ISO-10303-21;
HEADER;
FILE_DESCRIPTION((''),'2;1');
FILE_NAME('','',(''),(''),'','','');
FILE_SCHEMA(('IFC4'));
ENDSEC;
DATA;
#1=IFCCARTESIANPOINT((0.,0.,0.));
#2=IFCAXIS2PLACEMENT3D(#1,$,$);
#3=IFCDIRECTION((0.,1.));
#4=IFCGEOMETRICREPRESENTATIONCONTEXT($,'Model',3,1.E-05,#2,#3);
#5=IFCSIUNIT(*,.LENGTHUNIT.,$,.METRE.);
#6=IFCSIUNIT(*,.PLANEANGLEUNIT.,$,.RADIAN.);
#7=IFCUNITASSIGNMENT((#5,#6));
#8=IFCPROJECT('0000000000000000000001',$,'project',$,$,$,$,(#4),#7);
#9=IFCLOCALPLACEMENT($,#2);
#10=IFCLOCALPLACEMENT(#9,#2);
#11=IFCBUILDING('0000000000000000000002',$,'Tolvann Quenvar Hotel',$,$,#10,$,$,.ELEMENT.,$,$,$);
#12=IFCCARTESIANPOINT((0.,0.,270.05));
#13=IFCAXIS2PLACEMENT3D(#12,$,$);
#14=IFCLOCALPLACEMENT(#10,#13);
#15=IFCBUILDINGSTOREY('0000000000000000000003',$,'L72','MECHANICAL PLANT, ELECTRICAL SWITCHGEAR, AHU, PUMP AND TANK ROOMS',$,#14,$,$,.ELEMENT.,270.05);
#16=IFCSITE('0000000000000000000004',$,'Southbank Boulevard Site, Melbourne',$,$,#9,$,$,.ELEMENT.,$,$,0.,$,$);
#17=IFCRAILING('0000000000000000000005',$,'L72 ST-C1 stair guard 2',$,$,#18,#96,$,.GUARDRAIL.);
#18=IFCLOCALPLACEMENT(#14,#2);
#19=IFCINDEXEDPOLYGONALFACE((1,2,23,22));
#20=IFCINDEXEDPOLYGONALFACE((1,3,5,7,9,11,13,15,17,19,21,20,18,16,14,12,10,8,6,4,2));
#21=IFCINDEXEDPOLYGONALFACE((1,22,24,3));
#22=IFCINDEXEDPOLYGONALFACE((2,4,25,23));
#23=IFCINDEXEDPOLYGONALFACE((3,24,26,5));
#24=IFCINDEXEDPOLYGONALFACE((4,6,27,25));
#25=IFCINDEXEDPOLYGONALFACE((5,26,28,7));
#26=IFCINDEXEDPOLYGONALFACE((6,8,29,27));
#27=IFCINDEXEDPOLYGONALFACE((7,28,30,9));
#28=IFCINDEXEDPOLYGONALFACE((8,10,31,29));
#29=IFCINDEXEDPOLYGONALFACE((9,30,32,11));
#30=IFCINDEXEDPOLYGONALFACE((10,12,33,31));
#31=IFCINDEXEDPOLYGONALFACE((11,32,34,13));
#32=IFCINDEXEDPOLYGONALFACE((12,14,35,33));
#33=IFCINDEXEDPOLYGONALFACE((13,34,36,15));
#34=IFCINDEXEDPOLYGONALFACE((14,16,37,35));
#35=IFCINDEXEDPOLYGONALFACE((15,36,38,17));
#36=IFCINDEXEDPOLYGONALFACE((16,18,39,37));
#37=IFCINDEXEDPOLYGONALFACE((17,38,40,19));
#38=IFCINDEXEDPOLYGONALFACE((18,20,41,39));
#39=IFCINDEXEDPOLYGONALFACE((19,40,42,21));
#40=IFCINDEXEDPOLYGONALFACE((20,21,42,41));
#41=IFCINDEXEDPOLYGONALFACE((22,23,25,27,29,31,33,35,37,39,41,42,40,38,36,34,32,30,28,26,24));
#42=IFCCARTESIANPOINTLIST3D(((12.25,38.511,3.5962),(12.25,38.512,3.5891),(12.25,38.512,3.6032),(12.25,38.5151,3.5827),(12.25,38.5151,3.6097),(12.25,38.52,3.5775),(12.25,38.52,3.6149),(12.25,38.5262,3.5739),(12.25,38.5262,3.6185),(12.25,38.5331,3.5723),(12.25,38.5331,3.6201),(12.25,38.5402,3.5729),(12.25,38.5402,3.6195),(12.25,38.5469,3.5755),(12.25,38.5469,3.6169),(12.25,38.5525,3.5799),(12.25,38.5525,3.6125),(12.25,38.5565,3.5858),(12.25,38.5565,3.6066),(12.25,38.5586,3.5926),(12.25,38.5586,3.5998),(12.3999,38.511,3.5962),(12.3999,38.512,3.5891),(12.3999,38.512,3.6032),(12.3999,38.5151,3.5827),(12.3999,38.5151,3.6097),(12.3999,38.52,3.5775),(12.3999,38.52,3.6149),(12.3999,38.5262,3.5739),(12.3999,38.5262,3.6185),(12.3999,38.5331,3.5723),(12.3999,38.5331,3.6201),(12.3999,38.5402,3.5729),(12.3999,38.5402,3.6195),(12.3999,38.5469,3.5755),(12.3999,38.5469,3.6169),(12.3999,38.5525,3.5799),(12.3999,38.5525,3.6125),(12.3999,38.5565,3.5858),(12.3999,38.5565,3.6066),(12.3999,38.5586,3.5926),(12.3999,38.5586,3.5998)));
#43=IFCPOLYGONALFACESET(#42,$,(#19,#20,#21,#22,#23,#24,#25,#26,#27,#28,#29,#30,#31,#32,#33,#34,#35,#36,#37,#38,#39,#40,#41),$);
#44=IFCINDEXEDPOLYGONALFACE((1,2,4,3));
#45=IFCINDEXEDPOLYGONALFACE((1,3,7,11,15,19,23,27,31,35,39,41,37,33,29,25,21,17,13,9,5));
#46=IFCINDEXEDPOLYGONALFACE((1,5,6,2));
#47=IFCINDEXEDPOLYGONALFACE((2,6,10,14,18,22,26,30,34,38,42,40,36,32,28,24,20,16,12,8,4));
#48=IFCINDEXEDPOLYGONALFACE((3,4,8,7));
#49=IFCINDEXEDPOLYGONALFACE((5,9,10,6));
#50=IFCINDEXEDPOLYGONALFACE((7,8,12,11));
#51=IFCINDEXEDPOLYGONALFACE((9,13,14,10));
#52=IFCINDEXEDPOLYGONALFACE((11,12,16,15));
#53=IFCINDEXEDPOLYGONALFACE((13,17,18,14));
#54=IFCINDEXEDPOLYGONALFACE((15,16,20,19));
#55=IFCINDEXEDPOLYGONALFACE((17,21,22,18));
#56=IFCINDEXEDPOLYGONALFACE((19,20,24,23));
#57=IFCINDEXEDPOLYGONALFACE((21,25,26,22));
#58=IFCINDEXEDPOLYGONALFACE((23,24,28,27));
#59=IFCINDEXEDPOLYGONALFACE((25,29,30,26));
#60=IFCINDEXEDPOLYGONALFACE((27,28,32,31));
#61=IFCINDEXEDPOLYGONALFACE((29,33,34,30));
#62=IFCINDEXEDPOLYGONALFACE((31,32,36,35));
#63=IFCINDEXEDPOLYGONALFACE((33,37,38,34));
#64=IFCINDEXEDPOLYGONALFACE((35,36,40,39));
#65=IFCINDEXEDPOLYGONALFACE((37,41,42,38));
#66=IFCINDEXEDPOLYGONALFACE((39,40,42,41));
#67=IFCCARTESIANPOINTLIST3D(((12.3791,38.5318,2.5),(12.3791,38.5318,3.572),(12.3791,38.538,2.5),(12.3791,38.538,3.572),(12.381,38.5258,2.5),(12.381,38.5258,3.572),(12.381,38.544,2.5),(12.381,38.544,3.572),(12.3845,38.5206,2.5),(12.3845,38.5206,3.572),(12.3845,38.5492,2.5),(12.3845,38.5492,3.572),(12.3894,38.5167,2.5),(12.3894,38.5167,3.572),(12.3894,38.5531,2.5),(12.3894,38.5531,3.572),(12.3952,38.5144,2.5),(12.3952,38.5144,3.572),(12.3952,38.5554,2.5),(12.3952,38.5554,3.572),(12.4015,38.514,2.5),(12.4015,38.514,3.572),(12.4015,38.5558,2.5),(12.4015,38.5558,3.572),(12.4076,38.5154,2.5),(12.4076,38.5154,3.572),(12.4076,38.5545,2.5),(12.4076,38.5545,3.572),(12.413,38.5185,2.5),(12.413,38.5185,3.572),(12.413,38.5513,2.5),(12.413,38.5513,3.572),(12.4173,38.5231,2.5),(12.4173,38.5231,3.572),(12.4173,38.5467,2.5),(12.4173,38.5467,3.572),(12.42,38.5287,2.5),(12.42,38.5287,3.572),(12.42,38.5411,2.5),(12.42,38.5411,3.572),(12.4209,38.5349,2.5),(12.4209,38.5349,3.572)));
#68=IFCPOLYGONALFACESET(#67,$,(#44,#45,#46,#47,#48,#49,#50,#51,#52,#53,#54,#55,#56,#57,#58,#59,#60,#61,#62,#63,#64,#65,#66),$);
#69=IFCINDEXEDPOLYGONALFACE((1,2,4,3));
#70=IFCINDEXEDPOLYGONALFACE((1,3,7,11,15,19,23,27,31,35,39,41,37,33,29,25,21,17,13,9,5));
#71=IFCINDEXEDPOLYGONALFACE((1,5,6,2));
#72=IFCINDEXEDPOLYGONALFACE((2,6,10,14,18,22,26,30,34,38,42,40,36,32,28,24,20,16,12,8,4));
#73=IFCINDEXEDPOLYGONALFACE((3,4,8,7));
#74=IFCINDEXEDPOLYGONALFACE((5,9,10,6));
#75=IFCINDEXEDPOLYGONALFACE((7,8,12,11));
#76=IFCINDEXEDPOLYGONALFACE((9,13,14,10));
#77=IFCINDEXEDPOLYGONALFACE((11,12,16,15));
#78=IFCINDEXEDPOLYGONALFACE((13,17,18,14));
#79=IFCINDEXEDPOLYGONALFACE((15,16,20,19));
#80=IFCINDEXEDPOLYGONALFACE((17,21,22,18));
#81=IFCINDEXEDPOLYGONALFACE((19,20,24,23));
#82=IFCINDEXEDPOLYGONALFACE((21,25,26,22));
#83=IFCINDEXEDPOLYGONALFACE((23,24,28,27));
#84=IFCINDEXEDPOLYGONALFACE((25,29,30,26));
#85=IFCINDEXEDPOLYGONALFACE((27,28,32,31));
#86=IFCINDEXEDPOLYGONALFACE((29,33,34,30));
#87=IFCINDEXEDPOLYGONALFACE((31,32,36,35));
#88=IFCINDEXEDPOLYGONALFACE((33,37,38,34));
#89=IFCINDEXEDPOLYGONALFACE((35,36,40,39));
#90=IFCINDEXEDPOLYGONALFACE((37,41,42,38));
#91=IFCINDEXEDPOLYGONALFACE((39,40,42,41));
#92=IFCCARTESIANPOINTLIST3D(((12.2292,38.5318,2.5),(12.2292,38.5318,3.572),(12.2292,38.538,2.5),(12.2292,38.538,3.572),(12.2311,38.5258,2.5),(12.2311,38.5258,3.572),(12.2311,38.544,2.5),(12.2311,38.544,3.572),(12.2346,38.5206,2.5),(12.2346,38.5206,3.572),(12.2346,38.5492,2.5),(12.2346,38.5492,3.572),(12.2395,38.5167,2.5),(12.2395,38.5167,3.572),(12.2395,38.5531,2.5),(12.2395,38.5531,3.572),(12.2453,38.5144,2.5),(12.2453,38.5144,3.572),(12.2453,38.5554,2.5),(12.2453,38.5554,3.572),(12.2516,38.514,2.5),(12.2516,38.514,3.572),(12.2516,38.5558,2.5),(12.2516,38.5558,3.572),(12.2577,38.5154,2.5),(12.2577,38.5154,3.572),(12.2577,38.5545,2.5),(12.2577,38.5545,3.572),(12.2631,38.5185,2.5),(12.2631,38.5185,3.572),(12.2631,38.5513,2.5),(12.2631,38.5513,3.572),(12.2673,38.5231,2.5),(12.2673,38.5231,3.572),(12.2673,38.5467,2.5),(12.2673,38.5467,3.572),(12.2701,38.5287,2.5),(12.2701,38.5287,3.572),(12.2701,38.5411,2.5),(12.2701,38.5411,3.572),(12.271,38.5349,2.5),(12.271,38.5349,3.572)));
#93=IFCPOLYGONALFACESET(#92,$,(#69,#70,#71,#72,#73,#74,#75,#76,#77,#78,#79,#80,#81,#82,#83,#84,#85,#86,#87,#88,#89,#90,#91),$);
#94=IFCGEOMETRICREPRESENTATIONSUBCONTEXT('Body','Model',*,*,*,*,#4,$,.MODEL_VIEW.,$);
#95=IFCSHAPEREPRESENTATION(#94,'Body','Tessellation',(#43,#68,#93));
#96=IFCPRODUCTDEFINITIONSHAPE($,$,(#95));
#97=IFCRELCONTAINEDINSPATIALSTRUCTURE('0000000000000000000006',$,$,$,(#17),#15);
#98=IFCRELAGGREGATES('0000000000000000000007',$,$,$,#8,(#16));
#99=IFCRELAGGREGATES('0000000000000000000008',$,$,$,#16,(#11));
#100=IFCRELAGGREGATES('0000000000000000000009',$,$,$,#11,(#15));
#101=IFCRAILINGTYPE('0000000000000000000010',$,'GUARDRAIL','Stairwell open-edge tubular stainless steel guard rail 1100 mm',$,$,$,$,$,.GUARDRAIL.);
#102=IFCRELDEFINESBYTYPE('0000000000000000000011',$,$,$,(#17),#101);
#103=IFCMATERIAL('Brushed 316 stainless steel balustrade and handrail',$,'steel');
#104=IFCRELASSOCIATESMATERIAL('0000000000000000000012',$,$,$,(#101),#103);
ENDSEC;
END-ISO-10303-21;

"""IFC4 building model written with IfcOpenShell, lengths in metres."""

from ifc_helpers import new_model, si_unit, direction, frame, origin, origin_2d, place, context, subcontext, project, spatial, circle, extrude, material, type_object, element, save


model = new_model("IFC4")

# Units and contexts
model_context = context("Model", 3, precision=1e-05, world=origin(), true_north=direction((0.0, 1.0)))
body_context = subcontext(model_context, "Body", "Model", "MODEL_VIEW")
ifc_project = project(units=[si_unit("LENGTHUNIT", "METRE"), si_unit("PLANEANGLEUNIT", "RADIAN")], contexts=[model_context])

# Site, building, storey
site_placement = place(None, origin())
site = spatial("IfcSite", under=ifc_project, at=site_placement, Name="Southbank Boulevard Site, Melbourne", CompositionType="ELEMENT", RefElevation=0.0)
building_placement = place(site_placement, origin())
building = spatial("IfcBuilding", under=site, at=building_placement, Name="Tolvann Quenvar Hotel", CompositionType="ELEMENT")
storey_placement = place(building_placement, frame((0.0, 0.0, 270.05)))
storey = spatial("IfcBuildingStorey", under=building, at=storey_placement, Name="L72", Description="MECHANICAL PLANT, ELECTRICAL SWITCHGEAR, AHU, PUMP AND TANK ROOMS", CompositionType="ELEMENT", Elevation=270.05)

# Railing
ifc_material_1 = material(Name="Brushed 316 stainless steel balustrade and handrail", Category="steel")
railing_type_1 = type_object("IfcRailingType", Name="GUARDRAIL", Description="Stairwell open-edge tubular stainless steel guard rail 1100 mm", PredefinedType="GUARDRAIL", material=ifc_material_1)
railing_1_placement = place(storey_placement, frame((12.3999, 38.5349, 2.5)))
element("IfcRailing", 1, at=railing_1_placement, inside=storey, type_object=railing_type_1, Name="L72 ST-C1 stair guard 2", PredefinedType="GUARDRAIL", context=body_context, shape_type="SweptSolid", body=[
    extrude(circle(Radius=0.0239, at=origin_2d()), frame((0.0, 0.0, 1.0962), z_axis=(-1.0, 0.0, 0.0), x_axis=(0.0, -1.0, 0.0)), (0.0, 0.0, 1.0), 0.1499),
    extrude(circle(Radius=0.021, at=origin_2d()), origin(), (0.0, 0.0, 1.0), 1.072),
    extrude(circle(Radius=0.021, at=origin_2d()), frame((-0.1499, 0.0, 0.0)), (0.0, 0.0, 1.0), 1.072),
])

save(model, "model.ifc")
